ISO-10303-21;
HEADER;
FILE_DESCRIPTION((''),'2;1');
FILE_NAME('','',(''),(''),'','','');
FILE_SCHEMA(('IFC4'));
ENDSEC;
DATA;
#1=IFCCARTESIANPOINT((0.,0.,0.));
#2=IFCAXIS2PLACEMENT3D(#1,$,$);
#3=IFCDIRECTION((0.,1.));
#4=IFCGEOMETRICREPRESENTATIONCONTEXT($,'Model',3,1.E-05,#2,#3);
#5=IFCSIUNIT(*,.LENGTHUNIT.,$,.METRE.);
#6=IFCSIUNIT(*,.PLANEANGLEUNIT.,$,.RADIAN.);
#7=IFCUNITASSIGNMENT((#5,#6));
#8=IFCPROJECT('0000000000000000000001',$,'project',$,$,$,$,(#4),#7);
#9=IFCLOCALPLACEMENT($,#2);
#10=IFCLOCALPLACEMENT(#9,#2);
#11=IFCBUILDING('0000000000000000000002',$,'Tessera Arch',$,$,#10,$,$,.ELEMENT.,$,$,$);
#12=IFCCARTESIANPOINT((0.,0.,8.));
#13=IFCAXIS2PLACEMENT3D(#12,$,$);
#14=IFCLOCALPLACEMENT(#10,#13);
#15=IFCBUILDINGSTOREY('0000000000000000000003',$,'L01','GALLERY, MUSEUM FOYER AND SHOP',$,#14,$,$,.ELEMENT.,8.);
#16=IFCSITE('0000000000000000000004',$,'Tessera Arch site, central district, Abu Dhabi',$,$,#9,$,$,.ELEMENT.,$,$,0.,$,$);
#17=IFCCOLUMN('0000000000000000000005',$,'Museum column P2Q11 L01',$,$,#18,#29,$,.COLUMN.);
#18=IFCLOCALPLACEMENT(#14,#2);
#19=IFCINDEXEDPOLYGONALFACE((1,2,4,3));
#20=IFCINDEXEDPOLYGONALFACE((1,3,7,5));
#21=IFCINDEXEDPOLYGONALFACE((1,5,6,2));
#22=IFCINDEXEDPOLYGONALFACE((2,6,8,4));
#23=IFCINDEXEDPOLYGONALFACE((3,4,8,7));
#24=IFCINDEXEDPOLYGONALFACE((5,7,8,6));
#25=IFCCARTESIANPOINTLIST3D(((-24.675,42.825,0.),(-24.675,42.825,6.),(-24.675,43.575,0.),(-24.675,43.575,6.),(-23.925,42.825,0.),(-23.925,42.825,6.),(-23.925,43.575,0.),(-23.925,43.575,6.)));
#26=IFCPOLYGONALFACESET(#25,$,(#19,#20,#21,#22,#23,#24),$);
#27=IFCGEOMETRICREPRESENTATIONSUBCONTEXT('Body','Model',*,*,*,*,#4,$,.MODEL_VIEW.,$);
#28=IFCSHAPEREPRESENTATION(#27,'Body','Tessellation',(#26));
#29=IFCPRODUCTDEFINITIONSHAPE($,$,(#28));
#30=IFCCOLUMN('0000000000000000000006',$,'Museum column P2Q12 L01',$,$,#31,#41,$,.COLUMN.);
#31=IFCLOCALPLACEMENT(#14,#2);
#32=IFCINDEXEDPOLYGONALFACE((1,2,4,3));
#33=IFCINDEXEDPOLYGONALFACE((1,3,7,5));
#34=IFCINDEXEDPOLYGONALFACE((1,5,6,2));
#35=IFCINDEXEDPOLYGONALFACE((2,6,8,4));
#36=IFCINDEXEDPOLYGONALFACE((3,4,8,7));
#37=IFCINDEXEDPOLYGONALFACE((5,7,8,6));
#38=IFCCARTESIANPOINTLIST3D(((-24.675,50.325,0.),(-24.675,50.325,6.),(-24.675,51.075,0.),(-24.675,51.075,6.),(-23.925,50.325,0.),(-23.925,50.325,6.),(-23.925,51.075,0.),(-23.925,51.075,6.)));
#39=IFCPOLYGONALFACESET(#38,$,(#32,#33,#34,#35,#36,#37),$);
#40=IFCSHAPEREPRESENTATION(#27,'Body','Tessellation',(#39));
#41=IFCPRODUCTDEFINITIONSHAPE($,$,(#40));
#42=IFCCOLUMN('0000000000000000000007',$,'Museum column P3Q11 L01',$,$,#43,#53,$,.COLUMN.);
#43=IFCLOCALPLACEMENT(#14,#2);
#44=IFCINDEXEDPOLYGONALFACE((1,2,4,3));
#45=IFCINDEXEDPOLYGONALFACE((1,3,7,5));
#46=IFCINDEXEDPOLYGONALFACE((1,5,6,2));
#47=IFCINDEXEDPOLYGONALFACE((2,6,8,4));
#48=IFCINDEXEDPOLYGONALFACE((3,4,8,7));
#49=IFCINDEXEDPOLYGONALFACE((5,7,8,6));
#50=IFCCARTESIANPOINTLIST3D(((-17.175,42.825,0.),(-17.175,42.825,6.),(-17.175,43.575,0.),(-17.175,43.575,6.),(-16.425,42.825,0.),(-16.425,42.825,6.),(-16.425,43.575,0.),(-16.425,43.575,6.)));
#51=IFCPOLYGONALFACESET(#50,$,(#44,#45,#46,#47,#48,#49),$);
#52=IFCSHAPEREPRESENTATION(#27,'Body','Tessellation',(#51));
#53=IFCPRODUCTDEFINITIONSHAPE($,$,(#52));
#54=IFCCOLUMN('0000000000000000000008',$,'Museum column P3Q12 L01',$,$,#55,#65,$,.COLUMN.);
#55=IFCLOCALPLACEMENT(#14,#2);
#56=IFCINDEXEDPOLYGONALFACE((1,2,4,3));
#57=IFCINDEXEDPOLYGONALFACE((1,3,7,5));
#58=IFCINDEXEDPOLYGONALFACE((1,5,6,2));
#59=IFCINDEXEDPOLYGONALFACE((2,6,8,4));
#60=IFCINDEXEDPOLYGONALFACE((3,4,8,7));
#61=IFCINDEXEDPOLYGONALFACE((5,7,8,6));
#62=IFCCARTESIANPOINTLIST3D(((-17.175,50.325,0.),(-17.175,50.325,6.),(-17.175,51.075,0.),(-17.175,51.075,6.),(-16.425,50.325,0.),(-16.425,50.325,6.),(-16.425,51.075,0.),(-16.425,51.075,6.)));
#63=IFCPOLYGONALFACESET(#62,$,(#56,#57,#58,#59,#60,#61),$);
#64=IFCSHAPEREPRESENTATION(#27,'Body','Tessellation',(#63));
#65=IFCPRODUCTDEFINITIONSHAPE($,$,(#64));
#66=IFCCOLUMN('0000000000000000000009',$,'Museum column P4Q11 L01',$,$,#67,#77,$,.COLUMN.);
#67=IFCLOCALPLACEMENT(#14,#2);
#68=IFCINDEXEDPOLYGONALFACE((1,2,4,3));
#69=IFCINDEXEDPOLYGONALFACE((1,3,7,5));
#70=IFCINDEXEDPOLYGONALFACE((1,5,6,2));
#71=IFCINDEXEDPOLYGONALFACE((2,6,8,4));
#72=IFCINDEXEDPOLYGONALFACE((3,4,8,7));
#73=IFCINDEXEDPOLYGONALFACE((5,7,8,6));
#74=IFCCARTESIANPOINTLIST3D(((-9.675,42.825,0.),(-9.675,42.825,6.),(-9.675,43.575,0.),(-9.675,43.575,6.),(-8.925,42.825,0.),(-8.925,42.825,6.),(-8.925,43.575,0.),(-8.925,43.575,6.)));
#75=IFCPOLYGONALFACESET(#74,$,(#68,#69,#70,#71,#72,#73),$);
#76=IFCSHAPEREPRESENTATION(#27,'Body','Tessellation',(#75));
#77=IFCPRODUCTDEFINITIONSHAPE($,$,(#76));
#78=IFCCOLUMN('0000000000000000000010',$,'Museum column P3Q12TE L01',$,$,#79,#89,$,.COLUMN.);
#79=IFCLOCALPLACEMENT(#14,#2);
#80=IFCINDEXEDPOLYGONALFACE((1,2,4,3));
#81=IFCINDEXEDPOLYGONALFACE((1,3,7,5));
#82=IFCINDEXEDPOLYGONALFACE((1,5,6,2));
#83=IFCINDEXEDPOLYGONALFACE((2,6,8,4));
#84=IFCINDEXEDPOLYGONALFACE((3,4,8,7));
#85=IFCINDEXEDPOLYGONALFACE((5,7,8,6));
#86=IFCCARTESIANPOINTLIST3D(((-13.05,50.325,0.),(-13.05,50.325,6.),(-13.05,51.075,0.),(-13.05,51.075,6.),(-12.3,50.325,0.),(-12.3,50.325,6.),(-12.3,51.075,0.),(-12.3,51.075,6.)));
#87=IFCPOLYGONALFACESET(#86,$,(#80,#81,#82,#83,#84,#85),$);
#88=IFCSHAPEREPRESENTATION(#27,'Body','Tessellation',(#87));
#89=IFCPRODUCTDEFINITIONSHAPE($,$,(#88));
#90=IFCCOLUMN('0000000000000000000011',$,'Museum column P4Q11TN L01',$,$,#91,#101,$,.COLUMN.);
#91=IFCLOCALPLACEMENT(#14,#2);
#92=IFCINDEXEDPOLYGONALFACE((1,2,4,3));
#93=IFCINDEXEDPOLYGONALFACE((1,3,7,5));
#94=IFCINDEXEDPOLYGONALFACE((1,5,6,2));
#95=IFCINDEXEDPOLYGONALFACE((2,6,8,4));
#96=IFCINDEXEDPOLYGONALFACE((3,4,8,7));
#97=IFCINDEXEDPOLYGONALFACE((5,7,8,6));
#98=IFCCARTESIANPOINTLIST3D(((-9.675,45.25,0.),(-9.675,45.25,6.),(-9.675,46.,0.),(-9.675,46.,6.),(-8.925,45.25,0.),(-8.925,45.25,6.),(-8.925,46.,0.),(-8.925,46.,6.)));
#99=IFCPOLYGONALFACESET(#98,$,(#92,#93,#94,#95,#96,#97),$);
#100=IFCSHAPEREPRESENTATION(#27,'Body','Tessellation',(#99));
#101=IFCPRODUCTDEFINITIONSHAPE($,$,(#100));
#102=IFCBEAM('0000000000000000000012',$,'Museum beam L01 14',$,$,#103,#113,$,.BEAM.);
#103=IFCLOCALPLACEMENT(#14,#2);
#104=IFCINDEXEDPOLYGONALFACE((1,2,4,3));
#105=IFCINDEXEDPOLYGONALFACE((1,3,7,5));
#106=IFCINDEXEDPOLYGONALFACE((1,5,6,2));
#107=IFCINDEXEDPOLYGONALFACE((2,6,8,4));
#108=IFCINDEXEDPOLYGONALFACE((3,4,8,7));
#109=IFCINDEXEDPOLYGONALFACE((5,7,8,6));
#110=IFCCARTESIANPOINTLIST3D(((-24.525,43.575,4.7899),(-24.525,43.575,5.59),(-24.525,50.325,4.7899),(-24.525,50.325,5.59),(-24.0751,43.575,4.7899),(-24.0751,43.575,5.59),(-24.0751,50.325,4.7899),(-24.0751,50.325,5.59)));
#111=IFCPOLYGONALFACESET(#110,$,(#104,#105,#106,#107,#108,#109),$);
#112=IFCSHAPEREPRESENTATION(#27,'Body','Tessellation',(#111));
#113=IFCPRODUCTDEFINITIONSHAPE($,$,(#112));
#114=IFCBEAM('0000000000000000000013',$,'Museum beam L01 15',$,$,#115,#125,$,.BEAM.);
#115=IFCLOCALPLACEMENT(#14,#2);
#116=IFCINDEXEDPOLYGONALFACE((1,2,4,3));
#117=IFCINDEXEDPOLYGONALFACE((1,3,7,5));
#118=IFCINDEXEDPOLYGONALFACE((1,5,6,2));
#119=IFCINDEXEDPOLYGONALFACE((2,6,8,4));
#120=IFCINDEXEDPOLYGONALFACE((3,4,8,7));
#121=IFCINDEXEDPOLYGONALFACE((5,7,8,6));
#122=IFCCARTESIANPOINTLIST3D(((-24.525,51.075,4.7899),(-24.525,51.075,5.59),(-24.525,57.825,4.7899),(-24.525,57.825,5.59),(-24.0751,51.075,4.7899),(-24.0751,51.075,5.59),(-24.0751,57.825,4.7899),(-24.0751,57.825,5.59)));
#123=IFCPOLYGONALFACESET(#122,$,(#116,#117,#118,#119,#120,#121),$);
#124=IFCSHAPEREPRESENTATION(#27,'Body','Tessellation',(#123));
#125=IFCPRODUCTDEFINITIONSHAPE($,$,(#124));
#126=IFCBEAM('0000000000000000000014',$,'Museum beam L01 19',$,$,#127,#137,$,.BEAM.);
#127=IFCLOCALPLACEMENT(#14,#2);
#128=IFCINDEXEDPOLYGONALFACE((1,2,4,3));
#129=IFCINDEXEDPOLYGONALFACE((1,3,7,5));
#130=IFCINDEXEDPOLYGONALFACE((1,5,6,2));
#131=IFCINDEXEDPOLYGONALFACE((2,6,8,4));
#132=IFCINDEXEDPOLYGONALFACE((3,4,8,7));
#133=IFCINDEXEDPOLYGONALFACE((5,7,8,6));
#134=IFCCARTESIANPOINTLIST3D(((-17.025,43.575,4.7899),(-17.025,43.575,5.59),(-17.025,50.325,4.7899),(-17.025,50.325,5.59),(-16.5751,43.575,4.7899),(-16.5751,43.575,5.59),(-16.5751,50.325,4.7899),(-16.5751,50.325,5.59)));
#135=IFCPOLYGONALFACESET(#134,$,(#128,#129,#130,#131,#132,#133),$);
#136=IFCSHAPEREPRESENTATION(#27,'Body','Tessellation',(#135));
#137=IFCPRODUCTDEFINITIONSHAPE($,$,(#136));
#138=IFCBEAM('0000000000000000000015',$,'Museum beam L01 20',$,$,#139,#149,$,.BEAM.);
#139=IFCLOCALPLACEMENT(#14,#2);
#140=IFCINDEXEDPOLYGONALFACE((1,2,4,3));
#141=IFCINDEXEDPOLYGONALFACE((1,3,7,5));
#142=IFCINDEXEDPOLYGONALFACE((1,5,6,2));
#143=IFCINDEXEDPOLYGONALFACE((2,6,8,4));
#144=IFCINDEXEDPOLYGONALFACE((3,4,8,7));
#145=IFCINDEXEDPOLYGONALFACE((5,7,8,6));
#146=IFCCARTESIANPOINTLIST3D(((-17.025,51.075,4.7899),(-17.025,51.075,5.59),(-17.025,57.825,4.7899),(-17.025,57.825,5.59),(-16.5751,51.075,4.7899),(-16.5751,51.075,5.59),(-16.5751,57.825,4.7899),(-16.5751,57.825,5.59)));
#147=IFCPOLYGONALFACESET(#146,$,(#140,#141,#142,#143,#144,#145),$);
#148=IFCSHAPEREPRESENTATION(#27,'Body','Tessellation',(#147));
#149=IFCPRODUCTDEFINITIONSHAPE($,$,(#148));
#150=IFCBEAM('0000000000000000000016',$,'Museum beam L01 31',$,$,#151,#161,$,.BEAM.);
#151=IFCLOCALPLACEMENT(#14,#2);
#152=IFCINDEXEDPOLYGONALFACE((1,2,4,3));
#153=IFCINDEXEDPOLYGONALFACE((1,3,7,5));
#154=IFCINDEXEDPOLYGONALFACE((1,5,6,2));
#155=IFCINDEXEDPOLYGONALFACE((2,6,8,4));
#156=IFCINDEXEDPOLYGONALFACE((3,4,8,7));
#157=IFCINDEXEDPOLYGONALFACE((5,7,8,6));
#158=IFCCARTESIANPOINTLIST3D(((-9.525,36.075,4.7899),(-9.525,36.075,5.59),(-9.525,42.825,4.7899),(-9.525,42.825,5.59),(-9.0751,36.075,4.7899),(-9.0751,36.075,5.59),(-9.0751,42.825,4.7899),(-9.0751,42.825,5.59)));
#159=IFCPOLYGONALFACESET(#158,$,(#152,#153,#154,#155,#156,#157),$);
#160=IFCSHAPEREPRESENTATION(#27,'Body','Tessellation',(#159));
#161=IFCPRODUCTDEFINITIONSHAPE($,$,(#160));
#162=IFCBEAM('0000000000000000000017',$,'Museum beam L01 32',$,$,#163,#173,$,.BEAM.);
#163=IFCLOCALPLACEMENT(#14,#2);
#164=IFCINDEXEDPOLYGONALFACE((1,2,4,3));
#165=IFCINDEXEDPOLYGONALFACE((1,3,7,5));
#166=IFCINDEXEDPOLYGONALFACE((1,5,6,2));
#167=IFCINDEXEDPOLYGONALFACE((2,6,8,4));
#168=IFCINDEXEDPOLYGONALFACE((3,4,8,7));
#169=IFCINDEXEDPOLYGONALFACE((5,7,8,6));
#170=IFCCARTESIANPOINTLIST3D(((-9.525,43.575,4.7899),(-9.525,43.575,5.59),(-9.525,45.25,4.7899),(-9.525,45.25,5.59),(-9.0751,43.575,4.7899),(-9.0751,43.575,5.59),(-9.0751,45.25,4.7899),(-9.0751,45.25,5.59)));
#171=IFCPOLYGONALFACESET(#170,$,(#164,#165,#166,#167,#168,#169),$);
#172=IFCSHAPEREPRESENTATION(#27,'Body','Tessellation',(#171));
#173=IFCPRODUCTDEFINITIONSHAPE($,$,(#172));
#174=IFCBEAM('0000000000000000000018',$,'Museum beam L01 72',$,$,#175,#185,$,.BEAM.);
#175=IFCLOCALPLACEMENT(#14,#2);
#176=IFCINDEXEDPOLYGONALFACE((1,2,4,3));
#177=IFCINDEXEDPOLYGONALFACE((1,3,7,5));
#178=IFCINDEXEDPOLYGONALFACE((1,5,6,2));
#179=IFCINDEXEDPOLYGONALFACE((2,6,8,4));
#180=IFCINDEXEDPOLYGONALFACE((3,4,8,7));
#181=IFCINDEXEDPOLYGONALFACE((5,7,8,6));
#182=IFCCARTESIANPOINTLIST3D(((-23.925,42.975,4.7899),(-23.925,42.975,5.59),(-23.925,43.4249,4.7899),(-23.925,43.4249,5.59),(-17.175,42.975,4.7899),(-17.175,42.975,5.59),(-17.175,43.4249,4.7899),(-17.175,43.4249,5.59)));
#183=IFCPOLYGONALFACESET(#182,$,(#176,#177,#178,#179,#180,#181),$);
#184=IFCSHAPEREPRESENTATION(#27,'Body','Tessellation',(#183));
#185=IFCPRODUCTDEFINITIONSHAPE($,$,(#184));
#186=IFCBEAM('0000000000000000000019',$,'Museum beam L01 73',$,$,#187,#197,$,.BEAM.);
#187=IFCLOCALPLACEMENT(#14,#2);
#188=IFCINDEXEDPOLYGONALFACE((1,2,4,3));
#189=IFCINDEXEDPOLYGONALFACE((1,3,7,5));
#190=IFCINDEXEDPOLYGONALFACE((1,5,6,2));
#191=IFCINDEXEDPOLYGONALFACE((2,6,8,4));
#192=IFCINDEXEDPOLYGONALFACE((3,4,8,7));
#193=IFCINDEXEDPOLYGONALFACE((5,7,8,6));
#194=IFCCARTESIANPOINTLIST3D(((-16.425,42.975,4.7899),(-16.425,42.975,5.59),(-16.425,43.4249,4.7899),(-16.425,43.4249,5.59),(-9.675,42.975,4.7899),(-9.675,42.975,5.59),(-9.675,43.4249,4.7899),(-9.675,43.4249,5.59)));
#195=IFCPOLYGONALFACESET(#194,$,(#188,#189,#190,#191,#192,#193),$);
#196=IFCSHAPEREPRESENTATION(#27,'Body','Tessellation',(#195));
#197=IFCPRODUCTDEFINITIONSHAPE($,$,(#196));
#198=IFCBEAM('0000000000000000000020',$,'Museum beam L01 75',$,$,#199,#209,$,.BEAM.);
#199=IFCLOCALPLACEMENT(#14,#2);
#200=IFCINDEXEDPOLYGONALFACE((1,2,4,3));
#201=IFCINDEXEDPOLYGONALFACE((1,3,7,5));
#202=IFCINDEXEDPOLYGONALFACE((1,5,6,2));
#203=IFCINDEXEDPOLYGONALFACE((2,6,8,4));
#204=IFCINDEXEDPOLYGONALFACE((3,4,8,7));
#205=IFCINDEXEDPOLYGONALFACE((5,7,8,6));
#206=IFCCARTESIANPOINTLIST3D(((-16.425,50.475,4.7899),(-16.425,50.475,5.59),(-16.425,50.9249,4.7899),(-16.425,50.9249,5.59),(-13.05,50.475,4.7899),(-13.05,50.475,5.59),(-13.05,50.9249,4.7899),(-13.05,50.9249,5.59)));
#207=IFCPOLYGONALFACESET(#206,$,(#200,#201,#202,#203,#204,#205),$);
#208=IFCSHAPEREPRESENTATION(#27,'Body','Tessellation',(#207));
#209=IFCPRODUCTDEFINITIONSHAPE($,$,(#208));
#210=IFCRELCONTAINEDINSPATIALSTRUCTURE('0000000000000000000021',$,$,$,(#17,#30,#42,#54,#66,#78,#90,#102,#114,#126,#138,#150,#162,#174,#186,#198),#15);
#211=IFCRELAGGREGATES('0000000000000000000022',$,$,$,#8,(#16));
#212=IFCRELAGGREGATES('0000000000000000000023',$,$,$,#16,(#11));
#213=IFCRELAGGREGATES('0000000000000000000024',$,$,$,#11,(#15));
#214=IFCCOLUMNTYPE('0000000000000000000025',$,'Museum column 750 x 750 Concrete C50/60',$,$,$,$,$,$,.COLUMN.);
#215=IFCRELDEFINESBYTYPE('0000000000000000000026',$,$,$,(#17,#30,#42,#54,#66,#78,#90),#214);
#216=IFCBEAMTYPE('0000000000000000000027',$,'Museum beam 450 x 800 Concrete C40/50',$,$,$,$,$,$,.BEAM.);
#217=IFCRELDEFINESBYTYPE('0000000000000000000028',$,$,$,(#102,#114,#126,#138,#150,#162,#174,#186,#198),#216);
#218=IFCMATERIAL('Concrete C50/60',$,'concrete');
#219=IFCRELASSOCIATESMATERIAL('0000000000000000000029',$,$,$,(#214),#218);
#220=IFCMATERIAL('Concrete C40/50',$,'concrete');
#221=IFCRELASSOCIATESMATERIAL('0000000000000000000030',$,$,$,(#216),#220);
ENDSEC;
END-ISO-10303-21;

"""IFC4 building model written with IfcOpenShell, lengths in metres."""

from ifc_helpers import new_model, si_unit, direction, frame, origin, origin_2d, place, context, subcontext, project, spatial, rectangle, extrude, material, material_profile, profile_set, type_object, element, save


model = new_model("IFC4")

# Units and contexts
model_context = context("Model", 3, precision=1e-05, world=origin(), true_north=direction((0.0, 1.0)))
body_context = subcontext(model_context, "Body", "Model", "MODEL_VIEW")
ifc_project = project(units=[si_unit("LENGTHUNIT", "METRE"), si_unit("PLANEANGLEUNIT", "RADIAN")], contexts=[model_context])

# Site, building, storey
site_placement = place(None, origin())
site = spatial("IfcSite", under=ifc_project, at=site_placement, Name="Tessera Arch site, central district, Abu Dhabi", CompositionType="ELEMENT", RefElevation=0.0)
building_placement = place(site_placement, origin())
building = spatial("IfcBuilding", under=site, at=building_placement, Name="Tessera Arch", CompositionType="ELEMENT")
storey_placement = place(building_placement, frame((0.0, 0.0, 8.0)))
storey = spatial("IfcBuildingStorey", under=building, at=storey_placement, Name="L01", Description="GALLERY, MUSEUM FOYER AND SHOP", CompositionType="ELEMENT", Elevation=8.0)

# Columns
ifc_material_1 = material(Name="Concrete C50/60", Category="concrete")
ifc_material_profile_1 = material_profile(ifc_material_1, rectangle(XDim=0.75, YDim=0.75, at=origin_2d()), Name="Museum column 750 x 750 Concrete C50/60")
ifc_profile_set_1 = profile_set([ifc_material_profile_1], Name="Concrete C50/60")
column_type = type_object("IfcColumnType", Name="Museum column 750 x 750 Concrete C50/60", PredefinedType="COLUMN", material=ifc_profile_set_1)
for number, where, z_axis, x_axis, name in (
    (1, (-24.3, 43.2, 0.0), (0.0, 0.0, 1.0), (1.0, 0.0, 0.0), "Museum column P2Q11 L01"),
    (2, (-24.3, 50.7, 0.0), (0.0, 0.0, 1.0), (1.0, 0.0, 0.0), "Museum column P2Q12 L01"),
    (3, (-16.8, 43.2, 0.0), (0.0, 0.0, 1.0), (1.0, 0.0, 0.0), "Museum column P3Q11 L01"),
    (4, (-16.8, 50.7, 0.0), (0.0, 0.0, 1.0), (1.0, 0.0, 0.0), "Museum column P3Q12 L01"),
    (5, (-9.3, 43.2, 0.0), (0.0, 0.0, 1.0), (1.0, 0.0, 0.0), "Museum column P4Q11 L01"),
    (6, (-12.675, 50.7, 0.0), (0.0, 0.0, 1.0), (1.0, 0.0, 0.0), "Museum column P3Q12TE L01"),
    (7, (-9.3, 45.625, 0.0), (0.0, 0.0, 1.0), (1.0, 0.0, 0.0), "Museum column P4Q11TN L01"),
):
    element("IfcColumn", number, at=place(storey_placement, frame(where, z_axis=z_axis, x_axis=x_axis)), inside=storey, type_object=column_type, Name=name, PredefinedType="COLUMN", context=body_context, shape_type="SweptSolid", body=[
        extrude(rectangle(XDim=0.75, YDim=0.75, at=origin_2d()), origin(), (0.0, 0.0, 1.0), 6.0),
    ])

# Beams
ifc_material_2 = material(Name="Concrete C40/50", Category="concrete")
ifc_material_profile_2 = material_profile(ifc_material_2, rectangle(XDim=0.45, YDim=0.8, at=origin_2d()), Name="Museum beam 450 x 800 Concrete C40/50")
ifc_profile_set_2 = profile_set([ifc_material_profile_2], Name="Concrete C40/50")
beam_type = type_object("IfcBeamType", Name="Museum beam 450 x 800 Concrete C40/50", PredefinedType="BEAM", material=ifc_profile_set_2)
for number, where, z_axis, x_axis, name in (
    (8, (-24.3, 43.575, 5.1899), (0.0, 1.0, 0.0), (-1.0, 0.0, 0.0), "Museum beam L01 14"),
    (9, (-24.3, 51.075, 5.1899), (0.0, 1.0, 0.0), (-1.0, 0.0, 0.0), "Museum beam L01 15"),
    (10, (-16.8, 43.575, 5.1899), (0.0, 1.0, 0.0), (-1.0, 0.0, 0.0), "Museum beam L01 19"),
    (11, (-16.8, 51.075, 5.1899), (0.0, 1.0, 0.0), (-1.0, 0.0, 0.0), "Museum beam L01 20"),
    (12, (-9.3, 36.075, 5.1899), (0.0, 1.0, 0.0), (-1.0, 0.0, 0.0), "Museum beam L01 31"),
):
    element("IfcBeam", number, at=place(storey_placement, frame(where, z_axis=z_axis, x_axis=x_axis)), inside=storey, type_object=beam_type, Name=name, PredefinedType="BEAM", context=body_context, shape_type="SweptSolid", body=[
        extrude(rectangle(XDim=0.45, YDim=0.8, at=origin_2d()), origin(), (0.0, 0.0, 1.0), 6.75),
    ])
beam_1_placement = place(storey_placement, frame((-9.3, 43.575, 5.1899), z_axis=(0.0, 1.0, 0.0), x_axis=(-1.0, 0.0, 0.0)))
element("IfcBeam", 13, at=beam_1_placement, inside=storey, type_object=beam_type, Name="Museum beam L01 32", PredefinedType="BEAM", context=body_context, shape_type="SweptSolid", body=[
    extrude(rectangle(XDim=0.45, YDim=0.8, at=origin_2d()), origin(), (0.0, 0.0, 1.0), 1.675),
])
for number, where, z_axis, x_axis, name in (
    (14, (-23.925, 43.2, 5.1899), (1.0, 0.0, 0.0), (0.0, 1.0, 0.0), "Museum beam L01 72"),
    (15, (-16.425, 43.2, 5.1899), (1.0, 0.0, 0.0), (0.0, 1.0, 0.0), "Museum beam L01 73"),
):
    element("IfcBeam", number, at=place(storey_placement, frame(where, z_axis=z_axis, x_axis=x_axis)), inside=storey, type_object=beam_type, Name=name, PredefinedType="BEAM", context=body_context, shape_type="SweptSolid", body=[
        extrude(rectangle(XDim=0.45, YDim=0.8, at=origin_2d()), origin(), (0.0, 0.0, 1.0), 6.75),
    ])
beam_2_placement = place(storey_placement, frame((-16.425, 50.7, 5.1899), z_axis=(1.0, 0.0, 0.0), x_axis=(0.0, 1.0, 0.0)))
element("IfcBeam", 16, at=beam_2_placement, inside=storey, type_object=beam_type, Name="Museum beam L01 75", PredefinedType="BEAM", context=body_context, shape_type="SweptSolid", body=[
    extrude(rectangle(XDim=0.45, YDim=0.8, at=origin_2d()), origin(), (0.0, 0.0, 1.0), 3.375),
])

save(model, "model.ifc")
